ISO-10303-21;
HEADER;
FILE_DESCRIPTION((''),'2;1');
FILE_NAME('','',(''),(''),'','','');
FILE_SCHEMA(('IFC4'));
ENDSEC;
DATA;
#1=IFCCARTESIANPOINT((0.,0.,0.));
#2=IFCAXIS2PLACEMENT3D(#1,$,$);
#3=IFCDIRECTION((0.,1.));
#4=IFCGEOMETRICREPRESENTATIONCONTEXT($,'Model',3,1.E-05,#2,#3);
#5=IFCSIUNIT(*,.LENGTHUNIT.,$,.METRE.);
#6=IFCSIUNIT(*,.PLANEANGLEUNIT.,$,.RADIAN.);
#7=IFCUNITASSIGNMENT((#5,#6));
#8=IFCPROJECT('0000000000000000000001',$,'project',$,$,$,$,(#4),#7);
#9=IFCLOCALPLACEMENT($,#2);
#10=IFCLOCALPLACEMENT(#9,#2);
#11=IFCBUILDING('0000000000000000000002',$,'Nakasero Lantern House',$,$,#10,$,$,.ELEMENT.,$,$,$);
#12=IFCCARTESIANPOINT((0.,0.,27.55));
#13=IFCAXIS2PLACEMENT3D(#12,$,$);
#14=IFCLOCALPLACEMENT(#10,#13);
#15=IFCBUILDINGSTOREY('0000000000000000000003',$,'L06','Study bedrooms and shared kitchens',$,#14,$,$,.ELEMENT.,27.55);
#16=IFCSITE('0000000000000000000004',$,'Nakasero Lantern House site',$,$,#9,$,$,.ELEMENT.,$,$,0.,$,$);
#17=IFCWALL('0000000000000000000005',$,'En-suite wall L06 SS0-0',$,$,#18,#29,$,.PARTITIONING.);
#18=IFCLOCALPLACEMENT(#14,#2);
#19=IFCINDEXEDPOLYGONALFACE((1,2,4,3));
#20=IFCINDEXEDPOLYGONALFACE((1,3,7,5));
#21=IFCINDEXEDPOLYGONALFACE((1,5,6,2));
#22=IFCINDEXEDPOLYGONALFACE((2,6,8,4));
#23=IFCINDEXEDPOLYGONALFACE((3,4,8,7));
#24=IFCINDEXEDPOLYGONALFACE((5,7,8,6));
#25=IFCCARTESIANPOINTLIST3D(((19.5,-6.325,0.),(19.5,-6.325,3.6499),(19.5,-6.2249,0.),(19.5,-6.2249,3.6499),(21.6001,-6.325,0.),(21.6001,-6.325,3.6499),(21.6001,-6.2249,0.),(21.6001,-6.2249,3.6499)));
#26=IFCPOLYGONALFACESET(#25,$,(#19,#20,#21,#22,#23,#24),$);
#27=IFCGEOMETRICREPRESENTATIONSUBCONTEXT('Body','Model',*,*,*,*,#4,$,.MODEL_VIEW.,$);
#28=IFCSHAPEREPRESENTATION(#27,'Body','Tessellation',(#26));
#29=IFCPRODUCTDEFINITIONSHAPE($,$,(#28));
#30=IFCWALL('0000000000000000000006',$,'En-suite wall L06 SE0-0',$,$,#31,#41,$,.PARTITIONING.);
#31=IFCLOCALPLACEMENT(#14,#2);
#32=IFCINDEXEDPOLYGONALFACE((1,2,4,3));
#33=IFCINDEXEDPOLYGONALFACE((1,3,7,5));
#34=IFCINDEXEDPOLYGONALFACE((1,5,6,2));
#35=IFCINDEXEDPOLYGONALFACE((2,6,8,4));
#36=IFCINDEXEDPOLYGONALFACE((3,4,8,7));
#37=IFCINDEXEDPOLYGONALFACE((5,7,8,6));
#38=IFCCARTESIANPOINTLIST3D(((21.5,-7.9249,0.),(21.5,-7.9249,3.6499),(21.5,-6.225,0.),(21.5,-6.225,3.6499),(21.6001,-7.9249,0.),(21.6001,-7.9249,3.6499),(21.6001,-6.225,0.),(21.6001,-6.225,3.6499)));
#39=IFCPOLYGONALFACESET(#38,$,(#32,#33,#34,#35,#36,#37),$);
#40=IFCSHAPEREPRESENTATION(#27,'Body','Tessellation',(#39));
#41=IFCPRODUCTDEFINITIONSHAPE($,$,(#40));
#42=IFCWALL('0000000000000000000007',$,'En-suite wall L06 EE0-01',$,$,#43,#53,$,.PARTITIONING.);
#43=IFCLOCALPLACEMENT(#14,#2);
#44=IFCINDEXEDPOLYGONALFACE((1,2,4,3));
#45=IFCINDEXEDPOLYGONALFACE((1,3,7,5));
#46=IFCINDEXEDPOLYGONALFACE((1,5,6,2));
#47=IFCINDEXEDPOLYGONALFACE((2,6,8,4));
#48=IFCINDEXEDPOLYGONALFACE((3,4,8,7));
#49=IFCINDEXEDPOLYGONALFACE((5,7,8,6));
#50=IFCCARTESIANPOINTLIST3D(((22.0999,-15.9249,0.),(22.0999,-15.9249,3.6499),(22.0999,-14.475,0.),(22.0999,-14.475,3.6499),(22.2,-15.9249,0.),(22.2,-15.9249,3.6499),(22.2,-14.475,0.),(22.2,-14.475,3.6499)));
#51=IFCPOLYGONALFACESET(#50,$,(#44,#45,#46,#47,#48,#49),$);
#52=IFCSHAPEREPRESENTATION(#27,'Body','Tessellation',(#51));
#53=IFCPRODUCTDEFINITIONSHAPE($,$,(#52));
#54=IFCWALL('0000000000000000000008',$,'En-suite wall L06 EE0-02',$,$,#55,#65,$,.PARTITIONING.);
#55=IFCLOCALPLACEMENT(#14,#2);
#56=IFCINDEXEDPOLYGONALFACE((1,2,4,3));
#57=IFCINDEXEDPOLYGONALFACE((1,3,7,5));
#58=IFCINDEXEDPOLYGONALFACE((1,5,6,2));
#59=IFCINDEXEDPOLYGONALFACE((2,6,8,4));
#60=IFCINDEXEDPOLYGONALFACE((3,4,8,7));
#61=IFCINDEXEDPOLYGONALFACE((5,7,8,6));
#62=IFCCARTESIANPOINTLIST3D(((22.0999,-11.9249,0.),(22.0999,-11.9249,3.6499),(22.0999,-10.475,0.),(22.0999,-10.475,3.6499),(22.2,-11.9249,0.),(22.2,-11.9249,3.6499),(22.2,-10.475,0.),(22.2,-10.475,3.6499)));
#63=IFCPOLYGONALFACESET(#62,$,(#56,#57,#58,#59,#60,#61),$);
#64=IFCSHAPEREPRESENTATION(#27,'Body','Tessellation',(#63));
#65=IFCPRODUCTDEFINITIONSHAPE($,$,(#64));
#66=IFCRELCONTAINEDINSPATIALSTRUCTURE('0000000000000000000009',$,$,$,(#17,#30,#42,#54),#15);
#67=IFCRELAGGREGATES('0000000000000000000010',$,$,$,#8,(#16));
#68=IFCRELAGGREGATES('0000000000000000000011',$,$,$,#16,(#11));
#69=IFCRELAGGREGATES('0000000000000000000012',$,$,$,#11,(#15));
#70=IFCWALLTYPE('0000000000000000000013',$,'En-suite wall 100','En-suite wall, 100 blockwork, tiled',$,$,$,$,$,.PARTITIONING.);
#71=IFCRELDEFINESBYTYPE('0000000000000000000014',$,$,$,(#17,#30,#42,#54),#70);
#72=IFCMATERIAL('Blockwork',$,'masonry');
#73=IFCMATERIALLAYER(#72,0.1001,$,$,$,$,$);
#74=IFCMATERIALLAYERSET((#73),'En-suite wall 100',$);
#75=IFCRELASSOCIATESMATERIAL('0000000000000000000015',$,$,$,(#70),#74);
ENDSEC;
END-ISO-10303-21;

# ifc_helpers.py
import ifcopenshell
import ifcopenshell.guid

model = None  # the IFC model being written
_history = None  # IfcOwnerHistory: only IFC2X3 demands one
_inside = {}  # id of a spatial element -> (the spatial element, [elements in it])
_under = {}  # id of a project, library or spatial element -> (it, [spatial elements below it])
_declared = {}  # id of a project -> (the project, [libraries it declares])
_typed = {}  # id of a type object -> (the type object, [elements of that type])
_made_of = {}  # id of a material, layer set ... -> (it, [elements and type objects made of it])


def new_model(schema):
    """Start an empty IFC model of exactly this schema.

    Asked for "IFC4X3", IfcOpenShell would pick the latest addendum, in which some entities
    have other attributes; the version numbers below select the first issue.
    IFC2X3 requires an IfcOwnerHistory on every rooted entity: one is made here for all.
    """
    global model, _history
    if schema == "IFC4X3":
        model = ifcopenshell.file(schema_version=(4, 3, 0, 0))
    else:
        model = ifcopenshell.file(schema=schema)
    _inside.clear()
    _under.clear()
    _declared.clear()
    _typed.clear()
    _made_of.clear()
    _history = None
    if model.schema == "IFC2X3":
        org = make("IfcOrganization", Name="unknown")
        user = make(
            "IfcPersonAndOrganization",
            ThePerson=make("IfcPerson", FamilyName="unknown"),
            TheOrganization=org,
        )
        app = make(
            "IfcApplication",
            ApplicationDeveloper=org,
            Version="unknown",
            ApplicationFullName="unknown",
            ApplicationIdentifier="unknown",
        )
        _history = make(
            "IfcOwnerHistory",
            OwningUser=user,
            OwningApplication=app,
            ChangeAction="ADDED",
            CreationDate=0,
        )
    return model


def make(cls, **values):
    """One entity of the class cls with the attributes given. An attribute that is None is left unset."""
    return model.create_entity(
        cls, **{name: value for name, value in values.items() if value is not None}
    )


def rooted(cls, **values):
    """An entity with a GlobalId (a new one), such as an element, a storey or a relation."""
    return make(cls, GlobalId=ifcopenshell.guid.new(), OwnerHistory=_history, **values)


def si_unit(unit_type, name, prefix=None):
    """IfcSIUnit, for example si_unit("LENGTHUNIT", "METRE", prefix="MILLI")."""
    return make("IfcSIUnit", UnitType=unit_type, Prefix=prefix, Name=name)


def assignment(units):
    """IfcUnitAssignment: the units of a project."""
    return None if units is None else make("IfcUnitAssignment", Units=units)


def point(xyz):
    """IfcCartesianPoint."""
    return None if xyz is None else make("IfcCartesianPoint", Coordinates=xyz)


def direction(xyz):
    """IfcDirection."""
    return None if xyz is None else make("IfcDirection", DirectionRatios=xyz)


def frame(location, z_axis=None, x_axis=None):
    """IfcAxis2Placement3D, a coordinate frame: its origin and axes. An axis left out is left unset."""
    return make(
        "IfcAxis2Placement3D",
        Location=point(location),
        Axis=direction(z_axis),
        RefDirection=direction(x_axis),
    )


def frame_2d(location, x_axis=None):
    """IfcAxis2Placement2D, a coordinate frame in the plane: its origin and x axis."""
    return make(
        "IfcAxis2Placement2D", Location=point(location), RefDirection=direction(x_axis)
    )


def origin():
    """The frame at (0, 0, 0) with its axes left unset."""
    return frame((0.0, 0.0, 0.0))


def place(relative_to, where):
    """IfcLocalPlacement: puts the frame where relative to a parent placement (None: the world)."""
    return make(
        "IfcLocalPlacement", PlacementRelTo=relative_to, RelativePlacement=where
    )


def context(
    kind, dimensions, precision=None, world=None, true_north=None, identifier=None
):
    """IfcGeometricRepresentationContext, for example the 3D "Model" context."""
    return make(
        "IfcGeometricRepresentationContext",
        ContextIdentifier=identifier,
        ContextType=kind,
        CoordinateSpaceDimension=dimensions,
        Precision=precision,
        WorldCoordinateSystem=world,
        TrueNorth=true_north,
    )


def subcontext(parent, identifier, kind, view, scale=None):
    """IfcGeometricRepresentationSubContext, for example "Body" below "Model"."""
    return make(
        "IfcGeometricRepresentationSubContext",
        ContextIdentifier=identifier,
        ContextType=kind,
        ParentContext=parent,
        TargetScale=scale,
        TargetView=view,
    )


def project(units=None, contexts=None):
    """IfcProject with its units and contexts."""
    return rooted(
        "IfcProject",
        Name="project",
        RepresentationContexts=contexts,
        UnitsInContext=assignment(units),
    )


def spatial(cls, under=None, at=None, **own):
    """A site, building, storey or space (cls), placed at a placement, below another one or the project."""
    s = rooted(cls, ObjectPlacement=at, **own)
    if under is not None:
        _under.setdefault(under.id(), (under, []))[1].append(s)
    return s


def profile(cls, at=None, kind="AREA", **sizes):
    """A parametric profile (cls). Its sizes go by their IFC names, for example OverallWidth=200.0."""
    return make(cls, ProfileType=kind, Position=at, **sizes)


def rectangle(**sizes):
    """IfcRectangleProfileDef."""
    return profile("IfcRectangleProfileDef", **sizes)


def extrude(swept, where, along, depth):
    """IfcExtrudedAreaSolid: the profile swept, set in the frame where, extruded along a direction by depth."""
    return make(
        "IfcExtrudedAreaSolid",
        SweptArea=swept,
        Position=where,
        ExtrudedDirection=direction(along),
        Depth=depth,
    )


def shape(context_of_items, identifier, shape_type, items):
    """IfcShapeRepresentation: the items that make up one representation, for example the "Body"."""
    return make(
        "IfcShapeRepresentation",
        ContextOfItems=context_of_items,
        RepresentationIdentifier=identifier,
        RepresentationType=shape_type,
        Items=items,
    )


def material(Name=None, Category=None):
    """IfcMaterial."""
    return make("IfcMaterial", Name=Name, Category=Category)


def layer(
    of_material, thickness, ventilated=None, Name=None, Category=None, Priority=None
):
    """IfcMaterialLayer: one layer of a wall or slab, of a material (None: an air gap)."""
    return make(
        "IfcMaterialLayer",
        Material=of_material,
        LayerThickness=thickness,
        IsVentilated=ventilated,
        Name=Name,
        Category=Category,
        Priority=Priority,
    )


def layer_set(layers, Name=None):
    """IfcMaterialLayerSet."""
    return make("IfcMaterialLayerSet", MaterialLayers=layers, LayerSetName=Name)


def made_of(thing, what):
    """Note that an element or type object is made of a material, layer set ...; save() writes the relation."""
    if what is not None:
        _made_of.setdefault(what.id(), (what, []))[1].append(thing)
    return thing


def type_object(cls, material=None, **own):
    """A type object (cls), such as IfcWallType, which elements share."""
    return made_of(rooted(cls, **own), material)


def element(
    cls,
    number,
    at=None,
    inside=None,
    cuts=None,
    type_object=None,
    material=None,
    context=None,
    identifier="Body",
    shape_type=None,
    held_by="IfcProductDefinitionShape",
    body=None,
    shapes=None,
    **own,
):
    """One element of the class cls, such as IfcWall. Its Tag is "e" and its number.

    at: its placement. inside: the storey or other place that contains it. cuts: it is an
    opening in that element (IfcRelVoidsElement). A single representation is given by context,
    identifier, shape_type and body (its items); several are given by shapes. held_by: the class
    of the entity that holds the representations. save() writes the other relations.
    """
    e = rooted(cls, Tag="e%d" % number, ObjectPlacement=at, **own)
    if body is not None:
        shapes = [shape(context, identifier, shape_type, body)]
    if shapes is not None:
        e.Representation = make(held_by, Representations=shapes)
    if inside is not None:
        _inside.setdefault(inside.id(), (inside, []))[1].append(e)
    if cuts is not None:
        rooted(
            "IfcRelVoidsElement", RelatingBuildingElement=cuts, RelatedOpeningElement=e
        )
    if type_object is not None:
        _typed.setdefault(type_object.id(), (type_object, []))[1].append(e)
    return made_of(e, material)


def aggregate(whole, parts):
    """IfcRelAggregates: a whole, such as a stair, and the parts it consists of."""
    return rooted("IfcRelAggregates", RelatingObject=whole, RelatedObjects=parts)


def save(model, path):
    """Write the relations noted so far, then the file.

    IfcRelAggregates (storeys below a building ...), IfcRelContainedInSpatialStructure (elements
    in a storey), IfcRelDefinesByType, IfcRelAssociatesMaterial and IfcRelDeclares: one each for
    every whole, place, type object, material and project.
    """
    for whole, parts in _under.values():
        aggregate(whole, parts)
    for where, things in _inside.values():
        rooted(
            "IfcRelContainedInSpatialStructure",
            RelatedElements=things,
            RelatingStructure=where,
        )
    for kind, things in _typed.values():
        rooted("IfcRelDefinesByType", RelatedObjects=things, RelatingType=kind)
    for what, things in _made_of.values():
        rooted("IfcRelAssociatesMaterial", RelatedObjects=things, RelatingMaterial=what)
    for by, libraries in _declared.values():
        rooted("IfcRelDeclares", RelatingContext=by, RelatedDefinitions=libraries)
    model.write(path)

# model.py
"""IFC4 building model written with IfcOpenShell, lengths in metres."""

from ifc_helpers import new_model, si_unit, direction, frame, frame_2d, origin, place, context, subcontext, project, spatial, rectangle, extrude, material, layer, layer_set, type_object, element, save


model = new_model("IFC4")

# Units and contexts
model_context = context("Model", 3, precision=1e-05, world=origin(), true_north=direction((0.0, 1.0)))
body_context = subcontext(model_context, "Body", "Model", "MODEL_VIEW")
ifc_project = project(units=[si_unit("LENGTHUNIT", "METRE"), si_unit("PLANEANGLEUNIT", "RADIAN")], contexts=[model_context])

# Site, building, storey
site_placement = place(None, origin())
site = spatial("IfcSite", under=ifc_project, at=site_placement, Name="Nakasero Lantern House site", CompositionType="ELEMENT", RefElevation=0.0)
building_placement = place(site_placement, origin())
building = spatial("IfcBuilding", under=site, at=building_placement, Name="Nakasero Lantern House", CompositionType="ELEMENT")
storey_placement = place(building_placement, frame((0.0, 0.0, 27.55)))
storey = spatial("IfcBuildingStorey", under=building, at=storey_placement, Name="L06", Description="Study bedrooms and shared kitchens", CompositionType="ELEMENT", Elevation=27.55)

# Walls
ifc_material_1 = material(Name="Blockwork", Category="masonry")
ifc_layer_1 = layer(ifc_material_1, 0.1001)
ifc_layer_set_1 = layer_set([ifc_layer_1], Name="En-suite wall 100")
wall_type_1 = type_object("IfcWallType", Name="En-suite wall 100", Description="En-suite wall, 100 blockwork, tiled", PredefinedType="PARTITIONING", material=ifc_layer_set_1)
wall_1_placement = place(storey_placement, frame((19.5, -6.2749, 0.0), z_axis=(0.0, 0.0, 1.0), x_axis=(1.0, 0.0, 0.0)))
element("IfcWall", 1, at=wall_1_placement, inside=storey, type_object=wall_type_1, Name="En-suite wall L06 SS0-0", PredefinedType="PARTITIONING", context=body_context, shape_type="SweptSolid", body=[
    extrude(rectangle(XDim=2.1001, YDim=0.1001, at=frame_2d((1.05, 0.0))), origin(), (0.0, 0.0, 1.0), 3.6499),
])
wall_2_placement = place(storey_placement, frame((21.55, -7.925, 0.0), z_axis=(0.0, 0.0, 1.0), x_axis=(0.0, 1.0, 0.0)))
element("IfcWall", 2, at=wall_2_placement, inside=storey, type_object=wall_type_1, Name="En-suite wall L06 SE0-0", PredefinedType="PARTITIONING", context=body_context, shape_type="SweptSolid", body=[
    extrude(rectangle(XDim=1.7, YDim=0.1001, at=frame_2d((0.8501, 0.0))), origin(), (0.0, 0.0, 1.0), 3.6499),
])
for number, where, z_axis, x_axis, name in (
    (3, (22.1499, -15.925, 0.0), (0.0, 0.0, 1.0), (0.0, 1.0, 0.0), "En-suite wall L06 EE0-01"),
    (4, (22.1499, -11.925, 0.0), (0.0, 0.0, 1.0), (0.0, 1.0, 0.0), "En-suite wall L06 EE0-02"),
):
    element("IfcWall", number, at=place(storey_placement, frame(where, z_axis=z_axis, x_axis=x_axis)), inside=storey, type_object=wall_type_1, Name=name, PredefinedType="PARTITIONING", context=body_context, shape_type="SweptSolid", body=[
        extrude(rectangle(XDim=1.45, YDim=0.1001, at=frame_2d((0.7251, 0.0))), origin(), (0.0, 0.0, 1.0), 3.6499),
    ])

save(model, "model.ifc")
